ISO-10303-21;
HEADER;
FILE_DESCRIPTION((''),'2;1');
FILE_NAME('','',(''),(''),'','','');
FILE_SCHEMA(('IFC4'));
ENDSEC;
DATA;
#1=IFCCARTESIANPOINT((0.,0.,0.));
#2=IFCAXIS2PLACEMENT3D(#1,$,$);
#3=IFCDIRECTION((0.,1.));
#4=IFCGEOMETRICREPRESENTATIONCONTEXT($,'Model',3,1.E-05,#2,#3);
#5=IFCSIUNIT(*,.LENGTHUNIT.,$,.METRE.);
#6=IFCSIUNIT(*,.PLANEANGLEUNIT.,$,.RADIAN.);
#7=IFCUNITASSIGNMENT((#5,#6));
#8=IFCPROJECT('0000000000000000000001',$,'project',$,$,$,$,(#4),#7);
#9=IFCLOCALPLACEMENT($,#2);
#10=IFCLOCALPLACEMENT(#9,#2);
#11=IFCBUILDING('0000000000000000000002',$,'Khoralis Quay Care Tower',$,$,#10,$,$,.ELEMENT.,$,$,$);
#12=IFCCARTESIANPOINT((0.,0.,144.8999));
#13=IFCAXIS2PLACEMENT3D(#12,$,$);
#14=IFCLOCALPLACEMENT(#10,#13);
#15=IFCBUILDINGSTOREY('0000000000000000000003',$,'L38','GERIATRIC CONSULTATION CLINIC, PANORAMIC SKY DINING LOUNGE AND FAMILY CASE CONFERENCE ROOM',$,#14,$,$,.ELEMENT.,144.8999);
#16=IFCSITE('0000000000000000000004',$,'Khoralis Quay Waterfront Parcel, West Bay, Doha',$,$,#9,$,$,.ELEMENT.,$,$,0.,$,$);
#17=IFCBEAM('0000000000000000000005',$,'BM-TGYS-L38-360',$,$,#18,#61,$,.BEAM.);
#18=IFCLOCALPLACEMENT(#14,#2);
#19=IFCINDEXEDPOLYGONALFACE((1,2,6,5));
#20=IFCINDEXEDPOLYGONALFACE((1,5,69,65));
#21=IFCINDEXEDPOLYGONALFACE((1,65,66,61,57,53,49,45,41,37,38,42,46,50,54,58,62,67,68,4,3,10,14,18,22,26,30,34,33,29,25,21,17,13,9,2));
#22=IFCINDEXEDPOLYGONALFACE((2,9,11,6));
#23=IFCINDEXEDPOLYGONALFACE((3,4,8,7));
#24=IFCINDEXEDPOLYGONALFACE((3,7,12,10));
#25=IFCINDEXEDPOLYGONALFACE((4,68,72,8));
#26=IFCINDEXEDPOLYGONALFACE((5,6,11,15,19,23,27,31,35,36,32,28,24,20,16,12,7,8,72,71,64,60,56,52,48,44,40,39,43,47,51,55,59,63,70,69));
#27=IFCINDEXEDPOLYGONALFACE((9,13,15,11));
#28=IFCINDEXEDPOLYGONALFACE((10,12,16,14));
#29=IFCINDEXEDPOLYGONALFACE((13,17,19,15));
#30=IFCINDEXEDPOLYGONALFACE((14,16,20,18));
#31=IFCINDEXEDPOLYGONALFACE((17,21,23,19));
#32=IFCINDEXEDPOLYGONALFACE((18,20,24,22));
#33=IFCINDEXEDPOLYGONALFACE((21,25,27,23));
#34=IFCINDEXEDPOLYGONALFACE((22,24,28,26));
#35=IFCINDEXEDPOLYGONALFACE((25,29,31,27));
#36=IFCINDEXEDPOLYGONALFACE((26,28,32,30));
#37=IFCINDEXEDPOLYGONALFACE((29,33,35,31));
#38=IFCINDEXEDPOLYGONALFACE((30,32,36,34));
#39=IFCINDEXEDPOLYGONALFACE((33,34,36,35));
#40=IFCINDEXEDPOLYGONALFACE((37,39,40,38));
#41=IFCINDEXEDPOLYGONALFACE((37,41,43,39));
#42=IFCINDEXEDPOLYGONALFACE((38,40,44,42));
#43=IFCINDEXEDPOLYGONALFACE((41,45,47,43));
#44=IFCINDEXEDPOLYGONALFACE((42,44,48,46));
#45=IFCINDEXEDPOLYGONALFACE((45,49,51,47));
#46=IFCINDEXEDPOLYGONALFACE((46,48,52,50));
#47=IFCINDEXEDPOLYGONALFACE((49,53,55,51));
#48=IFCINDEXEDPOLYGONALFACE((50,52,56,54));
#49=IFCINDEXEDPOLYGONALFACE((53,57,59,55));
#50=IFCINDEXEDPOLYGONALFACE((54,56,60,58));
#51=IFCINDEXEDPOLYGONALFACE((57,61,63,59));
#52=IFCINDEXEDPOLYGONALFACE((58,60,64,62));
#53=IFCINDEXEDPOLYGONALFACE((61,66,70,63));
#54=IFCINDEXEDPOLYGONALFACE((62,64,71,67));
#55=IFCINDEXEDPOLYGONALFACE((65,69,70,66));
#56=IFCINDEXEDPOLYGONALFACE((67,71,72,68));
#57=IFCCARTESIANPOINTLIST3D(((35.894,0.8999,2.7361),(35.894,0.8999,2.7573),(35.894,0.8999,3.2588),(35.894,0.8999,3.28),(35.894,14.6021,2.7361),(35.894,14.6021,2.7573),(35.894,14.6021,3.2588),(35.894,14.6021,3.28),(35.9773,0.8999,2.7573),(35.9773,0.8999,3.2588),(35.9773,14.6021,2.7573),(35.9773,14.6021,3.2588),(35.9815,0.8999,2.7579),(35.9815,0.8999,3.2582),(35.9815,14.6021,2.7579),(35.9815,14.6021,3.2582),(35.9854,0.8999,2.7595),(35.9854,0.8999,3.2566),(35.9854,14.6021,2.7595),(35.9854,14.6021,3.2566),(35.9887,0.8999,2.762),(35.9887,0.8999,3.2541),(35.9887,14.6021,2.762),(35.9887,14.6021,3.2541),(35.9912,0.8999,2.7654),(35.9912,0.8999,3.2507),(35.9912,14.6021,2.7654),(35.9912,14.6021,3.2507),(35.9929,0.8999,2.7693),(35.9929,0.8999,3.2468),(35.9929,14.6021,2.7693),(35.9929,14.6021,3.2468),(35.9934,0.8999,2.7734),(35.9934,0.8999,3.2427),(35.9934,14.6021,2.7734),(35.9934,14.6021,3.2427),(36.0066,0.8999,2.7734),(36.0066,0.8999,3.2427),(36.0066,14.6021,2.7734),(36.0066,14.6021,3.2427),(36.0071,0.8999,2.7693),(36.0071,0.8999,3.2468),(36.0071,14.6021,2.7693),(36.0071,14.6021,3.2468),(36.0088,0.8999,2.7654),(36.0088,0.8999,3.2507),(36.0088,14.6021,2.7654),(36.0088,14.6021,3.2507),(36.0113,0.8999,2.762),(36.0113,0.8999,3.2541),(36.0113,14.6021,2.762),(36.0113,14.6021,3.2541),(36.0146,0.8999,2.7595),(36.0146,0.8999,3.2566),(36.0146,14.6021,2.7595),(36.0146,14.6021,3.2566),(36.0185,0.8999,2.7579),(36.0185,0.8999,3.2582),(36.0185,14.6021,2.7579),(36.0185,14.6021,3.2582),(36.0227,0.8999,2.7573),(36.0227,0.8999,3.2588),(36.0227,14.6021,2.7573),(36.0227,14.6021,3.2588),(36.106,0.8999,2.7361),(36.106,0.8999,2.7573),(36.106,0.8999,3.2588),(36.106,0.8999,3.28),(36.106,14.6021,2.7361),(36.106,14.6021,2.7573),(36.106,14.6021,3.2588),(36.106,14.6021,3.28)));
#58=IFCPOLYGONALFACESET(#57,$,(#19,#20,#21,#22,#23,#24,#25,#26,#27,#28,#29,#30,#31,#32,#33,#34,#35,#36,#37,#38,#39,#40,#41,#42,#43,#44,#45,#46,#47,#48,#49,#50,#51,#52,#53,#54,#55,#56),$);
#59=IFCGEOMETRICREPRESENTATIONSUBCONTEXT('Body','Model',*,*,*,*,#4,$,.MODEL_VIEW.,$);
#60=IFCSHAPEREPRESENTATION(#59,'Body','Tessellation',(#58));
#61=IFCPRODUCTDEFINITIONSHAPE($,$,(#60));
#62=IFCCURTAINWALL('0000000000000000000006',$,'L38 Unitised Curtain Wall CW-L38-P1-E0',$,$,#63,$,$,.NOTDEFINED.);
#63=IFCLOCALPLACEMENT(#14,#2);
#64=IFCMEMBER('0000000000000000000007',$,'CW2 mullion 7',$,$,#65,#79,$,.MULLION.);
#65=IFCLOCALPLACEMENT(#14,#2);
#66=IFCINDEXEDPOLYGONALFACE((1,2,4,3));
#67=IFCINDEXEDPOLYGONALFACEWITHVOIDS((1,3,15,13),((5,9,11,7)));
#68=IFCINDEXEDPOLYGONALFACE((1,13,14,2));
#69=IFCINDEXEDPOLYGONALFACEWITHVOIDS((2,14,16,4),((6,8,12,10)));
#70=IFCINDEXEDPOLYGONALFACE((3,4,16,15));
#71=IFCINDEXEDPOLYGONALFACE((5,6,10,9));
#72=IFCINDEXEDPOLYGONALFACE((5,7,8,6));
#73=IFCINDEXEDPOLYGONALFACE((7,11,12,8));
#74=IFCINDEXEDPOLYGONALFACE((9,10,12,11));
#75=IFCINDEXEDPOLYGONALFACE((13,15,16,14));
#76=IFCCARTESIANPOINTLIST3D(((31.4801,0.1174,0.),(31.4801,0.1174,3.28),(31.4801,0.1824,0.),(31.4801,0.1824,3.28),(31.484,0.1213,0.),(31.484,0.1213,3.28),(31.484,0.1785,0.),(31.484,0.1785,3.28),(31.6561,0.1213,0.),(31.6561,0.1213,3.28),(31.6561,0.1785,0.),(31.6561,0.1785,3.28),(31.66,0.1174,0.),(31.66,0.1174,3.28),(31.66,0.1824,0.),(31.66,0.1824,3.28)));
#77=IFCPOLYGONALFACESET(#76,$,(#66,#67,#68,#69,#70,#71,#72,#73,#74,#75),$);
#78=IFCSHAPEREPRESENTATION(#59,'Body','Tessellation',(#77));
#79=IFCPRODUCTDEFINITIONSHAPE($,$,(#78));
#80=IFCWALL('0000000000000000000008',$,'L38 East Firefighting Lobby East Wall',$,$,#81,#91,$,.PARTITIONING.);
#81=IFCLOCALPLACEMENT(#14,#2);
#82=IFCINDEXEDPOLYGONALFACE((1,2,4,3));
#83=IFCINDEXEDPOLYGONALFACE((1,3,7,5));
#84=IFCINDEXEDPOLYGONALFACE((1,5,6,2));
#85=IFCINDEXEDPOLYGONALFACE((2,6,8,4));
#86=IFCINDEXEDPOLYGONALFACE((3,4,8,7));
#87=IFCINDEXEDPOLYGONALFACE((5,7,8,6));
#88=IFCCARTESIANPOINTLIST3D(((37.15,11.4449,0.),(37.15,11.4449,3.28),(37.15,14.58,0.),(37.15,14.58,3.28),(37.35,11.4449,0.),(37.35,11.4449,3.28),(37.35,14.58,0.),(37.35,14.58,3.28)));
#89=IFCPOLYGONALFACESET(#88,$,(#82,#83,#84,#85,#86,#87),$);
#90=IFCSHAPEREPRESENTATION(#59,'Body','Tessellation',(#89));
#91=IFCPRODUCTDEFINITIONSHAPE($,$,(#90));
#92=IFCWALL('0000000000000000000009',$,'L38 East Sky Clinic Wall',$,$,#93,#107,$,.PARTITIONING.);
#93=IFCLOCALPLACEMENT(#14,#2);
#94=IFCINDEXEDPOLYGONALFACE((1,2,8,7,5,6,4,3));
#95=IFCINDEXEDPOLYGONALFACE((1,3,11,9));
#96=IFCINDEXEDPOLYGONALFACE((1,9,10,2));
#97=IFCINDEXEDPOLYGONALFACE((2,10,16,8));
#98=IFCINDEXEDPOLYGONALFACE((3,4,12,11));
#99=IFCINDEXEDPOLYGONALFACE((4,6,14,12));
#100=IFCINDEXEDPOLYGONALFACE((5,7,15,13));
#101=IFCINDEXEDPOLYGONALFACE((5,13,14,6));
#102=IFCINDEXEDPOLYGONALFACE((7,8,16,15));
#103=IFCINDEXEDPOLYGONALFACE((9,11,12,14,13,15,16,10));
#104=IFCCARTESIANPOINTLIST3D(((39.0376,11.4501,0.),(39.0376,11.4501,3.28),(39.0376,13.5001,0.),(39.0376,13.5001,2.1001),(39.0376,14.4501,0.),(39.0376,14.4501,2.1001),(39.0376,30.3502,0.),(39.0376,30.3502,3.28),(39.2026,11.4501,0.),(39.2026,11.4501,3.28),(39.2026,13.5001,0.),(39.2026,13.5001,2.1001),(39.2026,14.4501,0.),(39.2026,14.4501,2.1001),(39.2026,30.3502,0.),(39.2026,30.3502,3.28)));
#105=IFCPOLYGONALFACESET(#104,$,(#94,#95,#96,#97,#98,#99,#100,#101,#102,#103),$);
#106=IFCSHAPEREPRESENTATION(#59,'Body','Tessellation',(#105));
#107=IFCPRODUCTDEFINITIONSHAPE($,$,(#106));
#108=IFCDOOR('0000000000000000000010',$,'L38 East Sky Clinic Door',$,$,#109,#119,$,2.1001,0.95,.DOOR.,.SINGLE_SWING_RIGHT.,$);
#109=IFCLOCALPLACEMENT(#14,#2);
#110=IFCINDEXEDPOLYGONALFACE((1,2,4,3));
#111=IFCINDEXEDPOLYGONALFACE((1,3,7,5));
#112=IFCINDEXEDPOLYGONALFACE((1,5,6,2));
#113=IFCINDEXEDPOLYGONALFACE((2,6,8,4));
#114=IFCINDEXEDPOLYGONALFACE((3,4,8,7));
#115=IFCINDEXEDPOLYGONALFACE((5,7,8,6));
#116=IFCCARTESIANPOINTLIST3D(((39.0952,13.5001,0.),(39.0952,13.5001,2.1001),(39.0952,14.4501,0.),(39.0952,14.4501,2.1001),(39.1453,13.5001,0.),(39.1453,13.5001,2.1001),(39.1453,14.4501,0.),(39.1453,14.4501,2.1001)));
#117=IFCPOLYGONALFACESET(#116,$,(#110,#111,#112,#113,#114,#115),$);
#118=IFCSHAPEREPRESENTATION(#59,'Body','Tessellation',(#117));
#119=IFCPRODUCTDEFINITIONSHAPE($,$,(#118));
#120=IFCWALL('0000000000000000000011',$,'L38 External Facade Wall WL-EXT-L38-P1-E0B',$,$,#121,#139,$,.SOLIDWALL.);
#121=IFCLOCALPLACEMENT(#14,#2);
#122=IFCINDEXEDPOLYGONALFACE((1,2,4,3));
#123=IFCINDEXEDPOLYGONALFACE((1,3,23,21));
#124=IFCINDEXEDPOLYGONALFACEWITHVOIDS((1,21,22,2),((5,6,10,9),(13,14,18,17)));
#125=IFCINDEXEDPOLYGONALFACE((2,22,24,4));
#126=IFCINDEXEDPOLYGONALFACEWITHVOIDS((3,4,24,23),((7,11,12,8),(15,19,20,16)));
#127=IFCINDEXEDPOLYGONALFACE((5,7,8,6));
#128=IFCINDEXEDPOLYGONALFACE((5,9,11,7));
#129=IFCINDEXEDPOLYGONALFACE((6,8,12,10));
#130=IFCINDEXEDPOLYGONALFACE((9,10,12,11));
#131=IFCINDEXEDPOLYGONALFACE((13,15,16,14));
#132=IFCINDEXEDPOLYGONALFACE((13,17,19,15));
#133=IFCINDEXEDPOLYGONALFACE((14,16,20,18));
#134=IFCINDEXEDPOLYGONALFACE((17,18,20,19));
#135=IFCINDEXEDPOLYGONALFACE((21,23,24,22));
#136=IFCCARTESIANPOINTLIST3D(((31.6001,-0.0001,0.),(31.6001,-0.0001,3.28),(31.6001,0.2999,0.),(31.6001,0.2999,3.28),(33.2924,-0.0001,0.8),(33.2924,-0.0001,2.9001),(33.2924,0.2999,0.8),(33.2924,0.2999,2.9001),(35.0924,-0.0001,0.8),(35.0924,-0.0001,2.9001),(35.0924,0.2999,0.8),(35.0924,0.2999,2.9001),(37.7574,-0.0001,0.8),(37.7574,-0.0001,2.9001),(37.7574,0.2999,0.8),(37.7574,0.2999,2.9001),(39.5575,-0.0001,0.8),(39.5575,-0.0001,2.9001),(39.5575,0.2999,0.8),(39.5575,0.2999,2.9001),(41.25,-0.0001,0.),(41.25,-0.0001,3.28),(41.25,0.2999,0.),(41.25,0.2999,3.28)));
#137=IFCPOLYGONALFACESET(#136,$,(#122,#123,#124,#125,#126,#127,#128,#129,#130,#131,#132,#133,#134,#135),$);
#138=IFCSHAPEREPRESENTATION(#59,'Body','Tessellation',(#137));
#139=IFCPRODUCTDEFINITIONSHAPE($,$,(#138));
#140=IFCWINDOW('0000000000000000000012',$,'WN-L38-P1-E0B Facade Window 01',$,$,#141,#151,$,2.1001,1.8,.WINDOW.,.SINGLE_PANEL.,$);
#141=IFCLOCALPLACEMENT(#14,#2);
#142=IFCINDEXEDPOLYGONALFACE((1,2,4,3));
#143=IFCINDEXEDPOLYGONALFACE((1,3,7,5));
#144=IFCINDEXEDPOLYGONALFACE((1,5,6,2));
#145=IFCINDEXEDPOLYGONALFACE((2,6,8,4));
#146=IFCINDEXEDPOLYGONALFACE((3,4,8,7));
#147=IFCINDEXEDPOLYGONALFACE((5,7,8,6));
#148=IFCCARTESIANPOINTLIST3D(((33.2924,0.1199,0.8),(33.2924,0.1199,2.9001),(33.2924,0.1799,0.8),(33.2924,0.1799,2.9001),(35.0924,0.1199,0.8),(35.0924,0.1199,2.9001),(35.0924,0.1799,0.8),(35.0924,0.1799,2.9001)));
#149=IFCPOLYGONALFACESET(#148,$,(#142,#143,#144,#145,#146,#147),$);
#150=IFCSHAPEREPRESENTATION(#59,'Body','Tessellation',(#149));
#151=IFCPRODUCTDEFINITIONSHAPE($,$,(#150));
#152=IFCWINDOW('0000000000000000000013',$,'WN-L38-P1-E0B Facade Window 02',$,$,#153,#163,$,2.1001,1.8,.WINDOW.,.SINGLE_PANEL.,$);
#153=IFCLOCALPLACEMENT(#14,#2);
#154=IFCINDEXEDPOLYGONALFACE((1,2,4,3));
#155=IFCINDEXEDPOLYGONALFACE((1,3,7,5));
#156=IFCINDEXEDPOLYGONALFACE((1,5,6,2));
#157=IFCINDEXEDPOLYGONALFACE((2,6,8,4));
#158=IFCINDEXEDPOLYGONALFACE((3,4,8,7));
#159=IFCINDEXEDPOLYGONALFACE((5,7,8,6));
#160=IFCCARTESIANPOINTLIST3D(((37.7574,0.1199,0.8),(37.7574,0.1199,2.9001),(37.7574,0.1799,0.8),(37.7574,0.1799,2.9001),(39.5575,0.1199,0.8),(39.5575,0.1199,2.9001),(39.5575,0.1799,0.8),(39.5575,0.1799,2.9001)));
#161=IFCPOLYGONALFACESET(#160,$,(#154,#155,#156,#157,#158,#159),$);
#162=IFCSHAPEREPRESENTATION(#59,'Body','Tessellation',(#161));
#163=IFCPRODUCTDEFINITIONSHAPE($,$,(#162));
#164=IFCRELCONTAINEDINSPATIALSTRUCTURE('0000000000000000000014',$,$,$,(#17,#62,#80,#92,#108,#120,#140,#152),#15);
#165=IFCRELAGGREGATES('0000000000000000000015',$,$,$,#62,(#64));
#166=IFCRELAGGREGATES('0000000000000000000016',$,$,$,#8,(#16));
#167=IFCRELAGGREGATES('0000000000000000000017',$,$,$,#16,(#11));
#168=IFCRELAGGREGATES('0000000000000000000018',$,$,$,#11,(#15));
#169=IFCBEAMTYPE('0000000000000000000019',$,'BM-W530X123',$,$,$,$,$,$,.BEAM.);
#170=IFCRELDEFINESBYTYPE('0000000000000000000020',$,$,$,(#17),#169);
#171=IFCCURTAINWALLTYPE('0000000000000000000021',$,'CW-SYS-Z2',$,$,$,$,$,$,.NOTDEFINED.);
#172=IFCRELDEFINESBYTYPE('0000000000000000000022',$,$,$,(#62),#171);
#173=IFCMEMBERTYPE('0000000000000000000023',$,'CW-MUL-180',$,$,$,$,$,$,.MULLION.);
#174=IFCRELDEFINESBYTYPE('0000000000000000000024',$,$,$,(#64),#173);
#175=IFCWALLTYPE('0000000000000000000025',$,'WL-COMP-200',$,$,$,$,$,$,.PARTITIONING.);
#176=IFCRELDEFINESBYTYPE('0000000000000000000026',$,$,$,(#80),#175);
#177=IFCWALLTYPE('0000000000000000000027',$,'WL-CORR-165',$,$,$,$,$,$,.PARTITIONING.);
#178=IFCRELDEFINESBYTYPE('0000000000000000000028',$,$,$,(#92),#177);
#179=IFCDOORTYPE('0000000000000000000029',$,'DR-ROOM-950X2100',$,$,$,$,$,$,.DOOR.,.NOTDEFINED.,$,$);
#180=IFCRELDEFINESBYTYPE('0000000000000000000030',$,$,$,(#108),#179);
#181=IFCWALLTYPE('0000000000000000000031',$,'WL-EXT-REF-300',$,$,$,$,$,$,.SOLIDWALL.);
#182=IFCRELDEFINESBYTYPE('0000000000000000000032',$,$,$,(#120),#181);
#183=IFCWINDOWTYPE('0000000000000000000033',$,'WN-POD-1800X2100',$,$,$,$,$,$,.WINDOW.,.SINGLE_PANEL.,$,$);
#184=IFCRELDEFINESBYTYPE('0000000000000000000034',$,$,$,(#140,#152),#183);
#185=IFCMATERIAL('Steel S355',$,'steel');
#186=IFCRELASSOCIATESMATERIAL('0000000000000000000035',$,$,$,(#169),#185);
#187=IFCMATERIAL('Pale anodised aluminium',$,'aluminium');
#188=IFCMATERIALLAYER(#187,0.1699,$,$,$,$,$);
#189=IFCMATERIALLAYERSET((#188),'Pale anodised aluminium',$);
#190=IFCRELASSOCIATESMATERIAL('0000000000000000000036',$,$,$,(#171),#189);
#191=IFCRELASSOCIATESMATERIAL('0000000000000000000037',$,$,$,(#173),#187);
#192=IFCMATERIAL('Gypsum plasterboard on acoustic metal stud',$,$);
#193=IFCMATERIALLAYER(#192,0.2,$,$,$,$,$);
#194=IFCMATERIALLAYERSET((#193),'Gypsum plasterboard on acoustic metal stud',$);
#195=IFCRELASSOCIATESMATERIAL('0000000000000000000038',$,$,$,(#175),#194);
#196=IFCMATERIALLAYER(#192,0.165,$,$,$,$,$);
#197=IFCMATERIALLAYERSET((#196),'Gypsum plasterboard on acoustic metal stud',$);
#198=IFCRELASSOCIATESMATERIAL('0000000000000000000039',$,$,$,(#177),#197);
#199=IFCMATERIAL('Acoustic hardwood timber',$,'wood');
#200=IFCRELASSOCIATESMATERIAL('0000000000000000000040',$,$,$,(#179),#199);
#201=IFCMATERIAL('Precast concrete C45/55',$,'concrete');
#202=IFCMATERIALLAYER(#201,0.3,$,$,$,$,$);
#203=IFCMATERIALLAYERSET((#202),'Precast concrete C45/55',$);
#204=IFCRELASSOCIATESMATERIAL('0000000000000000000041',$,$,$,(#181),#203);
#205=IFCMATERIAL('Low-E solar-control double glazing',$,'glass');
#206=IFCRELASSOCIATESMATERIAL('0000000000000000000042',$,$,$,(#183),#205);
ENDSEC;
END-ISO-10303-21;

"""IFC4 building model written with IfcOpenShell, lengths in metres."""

from ifc_helpers import new_model, si_unit, direction, frame, frame_2d, origin, origin_2d, place, context, subcontext, project, spatial, rectangle, hollow_rectangle, i_section, extrude, source, transform, mapped, material, layer, layer_set, material_profile, profile_set, type_object, element, fill, aggregate, save


model = new_model("IFC4")

# Units and contexts
model_context = context("Model", 3, precision=1e-05, world=origin(), true_north=direction((0.0, 1.0)))
body_context = subcontext(model_context, "Body", "Model", "MODEL_VIEW")
ifc_project = project(units=[si_unit("LENGTHUNIT", "METRE"), si_unit("PLANEANGLEUNIT", "RADIAN")], contexts=[model_context])

# Site, building, storey
site_placement = place(None, origin())
site = spatial("IfcSite", under=ifc_project, at=site_placement, Name="Khoralis Quay Waterfront Parcel, West Bay, Doha", CompositionType="ELEMENT", RefElevation=0.0)
building_placement = place(site_placement, origin())
building = spatial("IfcBuilding", under=site, at=building_placement, Name="Khoralis Quay Care Tower", CompositionType="ELEMENT")
storey_placement = place(building_placement, frame((0.0, 0.0, 144.8999)))
storey = spatial("IfcBuildingStorey", under=building, at=storey_placement, Name="L38", Description="GERIATRIC CONSULTATION CLINIC, PANORAMIC SKY DINING LOUNGE AND FAMILY CASE CONFERENCE ROOM", CompositionType="ELEMENT", Elevation=144.8999)

# Beam
ifc_material_1 = material(Name="Steel S355", Category="steel")
ifc_material_profile_1 = material_profile(ifc_material_1, i_section(OverallWidth=0.2119, OverallDepth=0.5439, WebThickness=0.0132, FlangeThickness=0.0212, FilletRadius=0.0161, at=origin_2d()), Name="Steel S355")
ifc_profile_set_1 = profile_set([ifc_material_profile_1], Name="Steel S355")
beam_type_1 = type_object("IfcBeamType", Name="BM-W530X123", PredefinedType="BEAM", material=ifc_profile_set_1)
shared_shape_1 = source(origin(), body_context, "Body", "SweptSolid", [
    extrude(i_section(OverallWidth=0.2119, OverallDepth=0.5439, WebThickness=0.0132, FlangeThickness=0.0212, FilletRadius=0.0161, at=origin_2d()), origin(), (0.0, 0.0, 1.0), 13.7021),
])
beam_1_placement = place(storey_placement, frame((36.0, 0.8999, 3.0081), z_axis=(0.0, 1.0, 0.0), x_axis=(-1.0, 0.0, 0.0)))
element("IfcBeam", 1, at=beam_1_placement, inside=storey, type_object=beam_type_1, Name="BM-TGYS-L38-360", PredefinedType="BEAM", context=body_context, shape_type="MappedRepresentation", body=[
    mapped(shared_shape_1, transform((0.0, 0.0, 0.0), scale=1.0)),
])

# Curtain wall, member
ifc_material_2 = material(Name="Pale anodised aluminium", Category="aluminium")
ifc_layer_1 = layer(ifc_material_2, 0.1699)
ifc_layer_set_1 = layer_set([ifc_layer_1], Name="Pale anodised aluminium")
curtain_wall_type = type_object("IfcCurtainWallType", Name="CW-SYS-Z2", PredefinedType="NOTDEFINED", material=ifc_layer_set_1)
curtain_wall_placement = place(storey_placement, origin())
curtain_wall = element("IfcCurtainWall", 2, at=curtain_wall_placement, inside=storey, type_object=curtain_wall_type, Name="L38 Unitised Curtain Wall CW-L38-P1-E0", PredefinedType="NOTDEFINED")
ifc_material_profile_2 = material_profile(ifc_material_2, hollow_rectangle(XDim=0.0649, YDim=0.1799, WallThickness=0.0039, at=origin_2d()), Name="Pale anodised aluminium")
ifc_profile_set_2 = profile_set([ifc_material_profile_2], Name="Pale anodised aluminium")
member_type = type_object("IfcMemberType", Name="CW-MUL-180", PredefinedType="MULLION", material=ifc_profile_set_2)
shared_shape_2 = source(origin(), body_context, "Body", "SweptSolid", [
    extrude(hollow_rectangle(XDim=0.0649, YDim=0.1799, WallThickness=0.0039, at=origin_2d()), origin(), (0.0, 0.0, 1.0), 3.28),
])
member_placement = place(storey_placement, frame((31.5701, 0.1499, 0.0), z_axis=(0.0, 0.0, 1.0), x_axis=(0.0, 1.0, 0.0)))
member = element("IfcMember", 3, at=member_placement, type_object=member_type, Name="CW2 mullion 7", PredefinedType="MULLION", context=body_context, shape_type="MappedRepresentation", body=[
    mapped(shared_shape_2, transform((0.0, 0.0, 0.0), scale=1.0)),
])
aggregate(curtain_wall, [member])

# Wall
ifc_material_3 = material(Name="Gypsum plasterboard on acoustic metal stud")
ifc_layer_2 = layer(ifc_material_3, 0.2)
ifc_layer_set_2 = layer_set([ifc_layer_2], Name="Gypsum plasterboard on acoustic metal stud")
wall_type_1 = type_object("IfcWallType", Name="WL-COMP-200", PredefinedType="PARTITIONING", material=ifc_layer_set_2)
wall_1_placement = place(storey_placement, frame((37.25, 11.4451, 0.0), z_axis=(0.0, 0.0, 1.0), x_axis=(0.0, 1.0, 0.0)))
element("IfcWall", 4, at=wall_1_placement, inside=storey, type_object=wall_type_1, Name="L38 East Firefighting Lobby East Wall", PredefinedType="PARTITIONING", context=body_context, shape_type="SweptSolid", body=[
    extrude(rectangle(XDim=3.135, YDim=0.2, at=frame_2d((1.5674, 0.0))), origin(), (0.0, 0.0, 1.0), 3.28),
])

# Wall, opening, door
ifc_layer_3 = layer(ifc_material_3, 0.165)
ifc_layer_set_3 = layer_set([ifc_layer_3], Name="Gypsum plasterboard on acoustic metal stud")
wall_type_2 = type_object("IfcWallType", Name="WL-CORR-165", PredefinedType="PARTITIONING", material=ifc_layer_set_3)
wall_2_placement = place(storey_placement, frame((39.1201, 11.45, 0.0), z_axis=(0.0, 0.0, 1.0), x_axis=(0.0, 1.0, 0.0)))
wall_2 = element("IfcWall", 5, at=wall_2_placement, inside=storey, type_object=wall_type_2, Name="L38 East Sky Clinic Wall", PredefinedType="PARTITIONING", context=body_context, shape_type="SweptSolid", body=[
    extrude(rectangle(XDim=18.9001, YDim=0.165, at=frame_2d((9.4502, 0.0))), origin(), (0.0, 0.0, 1.0), 3.28),
])
opening_1_placement = place(wall_2_placement, frame((2.05, 0.0, 0.0)))
opening_1 = element("IfcOpeningElement", 6, at=opening_1_placement, cuts=wall_2, PredefinedType="OPENING", context=body_context, shape_type="SweptSolid", body=[
    extrude(rectangle(XDim=0.95, YDim=2.1001, at=frame_2d((0.4751, 1.05))), frame((0.0, 0.0925, 0.0), z_axis=(0.0, -1.0, 0.0), x_axis=(1.0, 0.0, 0.0)), (0.0, 0.0, 1.0), 0.1851),
])
ifc_material_4 = material(Name="Acoustic hardwood timber", Category="wood")
door_type = type_object("IfcDoorType", Name="DR-ROOM-950X2100", OperationType="NOTDEFINED", PredefinedType="DOOR", material=ifc_material_4)
shared_shape_3 = source(origin(), body_context, "Body", "SweptSolid", [
    extrude(rectangle(XDim=0.95, YDim=2.1001, at=frame_2d((0.4751, 1.05))), frame((0.0, 0.0249, 0.0), z_axis=(0.0, -1.0, 0.0), x_axis=(1.0, 0.0, 0.0)), (0.0, 0.0, 1.0), 0.05),
])
door_placement = place(opening_1_placement, origin())
door = element("IfcDoor", 7, at=door_placement, inside=storey, type_object=door_type, Name="L38 East Sky Clinic Door", OperationType="SINGLE_SWING_RIGHT", OverallHeight=2.1001, OverallWidth=0.95, PredefinedType="DOOR", context=body_context, shape_type="MappedRepresentation", body=[
    mapped(shared_shape_3, transform((0.0, 0.0, 0.0), scale=1.0)),
])
fill(opening_1, door)

# Wall, openings, windows
ifc_material_5 = material(Name="Precast concrete C45/55", Category="concrete")
ifc_layer_4 = layer(ifc_material_5, 0.3)
ifc_layer_set_4 = layer_set([ifc_layer_4], Name="Precast concrete C45/55")
wall_type_3 = type_object("IfcWallType", Name="WL-EXT-REF-300", PredefinedType="SOLIDWALL", material=ifc_layer_set_4)
wall_3_placement = place(storey_placement, frame((31.6001, 0.1499, 0.0), z_axis=(0.0, 0.0, 1.0), x_axis=(1.0, 0.0, 0.0)))
wall_3 = element("IfcWall", 8, at=wall_3_placement, inside=storey, type_object=wall_type_3, Name="L38 External Facade Wall WL-EXT-L38-P1-E0B", PredefinedType="SOLIDWALL", context=body_context, shape_type="SweptSolid", body=[
    extrude(rectangle(XDim=9.6499, YDim=0.3, at=frame_2d((4.825, 0.0))), origin(), (0.0, 0.0, 1.0), 3.28),
])
opening_2_placement = place(wall_3_placement, frame((1.6924, 0.0, 0.8)))
opening_2 = element("IfcOpeningElement", 9, at=opening_2_placement, cuts=wall_3, PredefinedType="OPENING", context=body_context, shape_type="SweptSolid", body=[
    extrude(rectangle(XDim=1.8, YDim=2.1001, at=frame_2d((0.8999, 1.05))), frame((0.0, 0.1602, 0.0), z_axis=(0.0, -1.0, 0.0), x_axis=(1.0, 0.0, 0.0)), (0.0, 0.0, 1.0), 0.3201),
])
opening_3_placement = place(wall_3_placement, frame((6.1575, 0.0, 0.8)))
opening_3 = element("IfcOpeningElement", 10, at=opening_3_placement, cuts=wall_3, PredefinedType="OPENING", context=body_context, shape_type="SweptSolid", body=[
    extrude(rectangle(XDim=1.8, YDim=2.1001, at=frame_2d((0.8999, 1.05))), frame((0.0, 0.1602, 0.0), z_axis=(0.0, -1.0, 0.0), x_axis=(1.0, 0.0, 0.0)), (0.0, 0.0, 1.0), 0.3201),
])
ifc_material_6 = material(Name="Low-E solar-control double glazing", Category="glass")
window_type = type_object("IfcWindowType", Name="WN-POD-1800X2100", PartitioningType="SINGLE_PANEL", PredefinedType="WINDOW", material=ifc_material_6)
shared_shape_4 = source(origin(), body_context, "Body", "SweptSolid", [
    extrude(rectangle(XDim=1.8, YDim=2.1001, at=frame_2d((0.8999, 1.05))), frame((0.0, 0.03, 0.0), z_axis=(0.0, -1.0, 0.0), x_axis=(1.0, 0.0, 0.0)), (0.0, 0.0, 1.0), 0.0601),
])
window_1_placement = place(opening_2_placement, origin())
window_1 = element("IfcWindow", 11, at=window_1_placement, inside=storey, type_object=window_type, Name="WN-L38-P1-E0B Facade Window 01", OverallHeight=2.1001, OverallWidth=1.8, PartitioningType="SINGLE_PANEL", PredefinedType="WINDOW", context=body_context, shape_type="MappedRepresentation", body=[
    mapped(shared_shape_4, transform((0.0, 0.0, 0.0), scale=1.0)),
])
fill(opening_2, window_1)
window_2_placement = place(opening_3_placement, origin())
window_2 = element("IfcWindow", 12, at=window_2_placement, inside=storey, type_object=window_type, Name="WN-L38-P1-E0B Facade Window 02", OverallHeight=2.1001, OverallWidth=1.8, PartitioningType="SINGLE_PANEL", PredefinedType="WINDOW", context=body_context, shape_type="MappedRepresentation", body=[
    mapped(shared_shape_4, transform((0.0, 0.0, 0.0), scale=1.0)),
])
fill(opening_3, window_2)

save(model, "model.ifc")
